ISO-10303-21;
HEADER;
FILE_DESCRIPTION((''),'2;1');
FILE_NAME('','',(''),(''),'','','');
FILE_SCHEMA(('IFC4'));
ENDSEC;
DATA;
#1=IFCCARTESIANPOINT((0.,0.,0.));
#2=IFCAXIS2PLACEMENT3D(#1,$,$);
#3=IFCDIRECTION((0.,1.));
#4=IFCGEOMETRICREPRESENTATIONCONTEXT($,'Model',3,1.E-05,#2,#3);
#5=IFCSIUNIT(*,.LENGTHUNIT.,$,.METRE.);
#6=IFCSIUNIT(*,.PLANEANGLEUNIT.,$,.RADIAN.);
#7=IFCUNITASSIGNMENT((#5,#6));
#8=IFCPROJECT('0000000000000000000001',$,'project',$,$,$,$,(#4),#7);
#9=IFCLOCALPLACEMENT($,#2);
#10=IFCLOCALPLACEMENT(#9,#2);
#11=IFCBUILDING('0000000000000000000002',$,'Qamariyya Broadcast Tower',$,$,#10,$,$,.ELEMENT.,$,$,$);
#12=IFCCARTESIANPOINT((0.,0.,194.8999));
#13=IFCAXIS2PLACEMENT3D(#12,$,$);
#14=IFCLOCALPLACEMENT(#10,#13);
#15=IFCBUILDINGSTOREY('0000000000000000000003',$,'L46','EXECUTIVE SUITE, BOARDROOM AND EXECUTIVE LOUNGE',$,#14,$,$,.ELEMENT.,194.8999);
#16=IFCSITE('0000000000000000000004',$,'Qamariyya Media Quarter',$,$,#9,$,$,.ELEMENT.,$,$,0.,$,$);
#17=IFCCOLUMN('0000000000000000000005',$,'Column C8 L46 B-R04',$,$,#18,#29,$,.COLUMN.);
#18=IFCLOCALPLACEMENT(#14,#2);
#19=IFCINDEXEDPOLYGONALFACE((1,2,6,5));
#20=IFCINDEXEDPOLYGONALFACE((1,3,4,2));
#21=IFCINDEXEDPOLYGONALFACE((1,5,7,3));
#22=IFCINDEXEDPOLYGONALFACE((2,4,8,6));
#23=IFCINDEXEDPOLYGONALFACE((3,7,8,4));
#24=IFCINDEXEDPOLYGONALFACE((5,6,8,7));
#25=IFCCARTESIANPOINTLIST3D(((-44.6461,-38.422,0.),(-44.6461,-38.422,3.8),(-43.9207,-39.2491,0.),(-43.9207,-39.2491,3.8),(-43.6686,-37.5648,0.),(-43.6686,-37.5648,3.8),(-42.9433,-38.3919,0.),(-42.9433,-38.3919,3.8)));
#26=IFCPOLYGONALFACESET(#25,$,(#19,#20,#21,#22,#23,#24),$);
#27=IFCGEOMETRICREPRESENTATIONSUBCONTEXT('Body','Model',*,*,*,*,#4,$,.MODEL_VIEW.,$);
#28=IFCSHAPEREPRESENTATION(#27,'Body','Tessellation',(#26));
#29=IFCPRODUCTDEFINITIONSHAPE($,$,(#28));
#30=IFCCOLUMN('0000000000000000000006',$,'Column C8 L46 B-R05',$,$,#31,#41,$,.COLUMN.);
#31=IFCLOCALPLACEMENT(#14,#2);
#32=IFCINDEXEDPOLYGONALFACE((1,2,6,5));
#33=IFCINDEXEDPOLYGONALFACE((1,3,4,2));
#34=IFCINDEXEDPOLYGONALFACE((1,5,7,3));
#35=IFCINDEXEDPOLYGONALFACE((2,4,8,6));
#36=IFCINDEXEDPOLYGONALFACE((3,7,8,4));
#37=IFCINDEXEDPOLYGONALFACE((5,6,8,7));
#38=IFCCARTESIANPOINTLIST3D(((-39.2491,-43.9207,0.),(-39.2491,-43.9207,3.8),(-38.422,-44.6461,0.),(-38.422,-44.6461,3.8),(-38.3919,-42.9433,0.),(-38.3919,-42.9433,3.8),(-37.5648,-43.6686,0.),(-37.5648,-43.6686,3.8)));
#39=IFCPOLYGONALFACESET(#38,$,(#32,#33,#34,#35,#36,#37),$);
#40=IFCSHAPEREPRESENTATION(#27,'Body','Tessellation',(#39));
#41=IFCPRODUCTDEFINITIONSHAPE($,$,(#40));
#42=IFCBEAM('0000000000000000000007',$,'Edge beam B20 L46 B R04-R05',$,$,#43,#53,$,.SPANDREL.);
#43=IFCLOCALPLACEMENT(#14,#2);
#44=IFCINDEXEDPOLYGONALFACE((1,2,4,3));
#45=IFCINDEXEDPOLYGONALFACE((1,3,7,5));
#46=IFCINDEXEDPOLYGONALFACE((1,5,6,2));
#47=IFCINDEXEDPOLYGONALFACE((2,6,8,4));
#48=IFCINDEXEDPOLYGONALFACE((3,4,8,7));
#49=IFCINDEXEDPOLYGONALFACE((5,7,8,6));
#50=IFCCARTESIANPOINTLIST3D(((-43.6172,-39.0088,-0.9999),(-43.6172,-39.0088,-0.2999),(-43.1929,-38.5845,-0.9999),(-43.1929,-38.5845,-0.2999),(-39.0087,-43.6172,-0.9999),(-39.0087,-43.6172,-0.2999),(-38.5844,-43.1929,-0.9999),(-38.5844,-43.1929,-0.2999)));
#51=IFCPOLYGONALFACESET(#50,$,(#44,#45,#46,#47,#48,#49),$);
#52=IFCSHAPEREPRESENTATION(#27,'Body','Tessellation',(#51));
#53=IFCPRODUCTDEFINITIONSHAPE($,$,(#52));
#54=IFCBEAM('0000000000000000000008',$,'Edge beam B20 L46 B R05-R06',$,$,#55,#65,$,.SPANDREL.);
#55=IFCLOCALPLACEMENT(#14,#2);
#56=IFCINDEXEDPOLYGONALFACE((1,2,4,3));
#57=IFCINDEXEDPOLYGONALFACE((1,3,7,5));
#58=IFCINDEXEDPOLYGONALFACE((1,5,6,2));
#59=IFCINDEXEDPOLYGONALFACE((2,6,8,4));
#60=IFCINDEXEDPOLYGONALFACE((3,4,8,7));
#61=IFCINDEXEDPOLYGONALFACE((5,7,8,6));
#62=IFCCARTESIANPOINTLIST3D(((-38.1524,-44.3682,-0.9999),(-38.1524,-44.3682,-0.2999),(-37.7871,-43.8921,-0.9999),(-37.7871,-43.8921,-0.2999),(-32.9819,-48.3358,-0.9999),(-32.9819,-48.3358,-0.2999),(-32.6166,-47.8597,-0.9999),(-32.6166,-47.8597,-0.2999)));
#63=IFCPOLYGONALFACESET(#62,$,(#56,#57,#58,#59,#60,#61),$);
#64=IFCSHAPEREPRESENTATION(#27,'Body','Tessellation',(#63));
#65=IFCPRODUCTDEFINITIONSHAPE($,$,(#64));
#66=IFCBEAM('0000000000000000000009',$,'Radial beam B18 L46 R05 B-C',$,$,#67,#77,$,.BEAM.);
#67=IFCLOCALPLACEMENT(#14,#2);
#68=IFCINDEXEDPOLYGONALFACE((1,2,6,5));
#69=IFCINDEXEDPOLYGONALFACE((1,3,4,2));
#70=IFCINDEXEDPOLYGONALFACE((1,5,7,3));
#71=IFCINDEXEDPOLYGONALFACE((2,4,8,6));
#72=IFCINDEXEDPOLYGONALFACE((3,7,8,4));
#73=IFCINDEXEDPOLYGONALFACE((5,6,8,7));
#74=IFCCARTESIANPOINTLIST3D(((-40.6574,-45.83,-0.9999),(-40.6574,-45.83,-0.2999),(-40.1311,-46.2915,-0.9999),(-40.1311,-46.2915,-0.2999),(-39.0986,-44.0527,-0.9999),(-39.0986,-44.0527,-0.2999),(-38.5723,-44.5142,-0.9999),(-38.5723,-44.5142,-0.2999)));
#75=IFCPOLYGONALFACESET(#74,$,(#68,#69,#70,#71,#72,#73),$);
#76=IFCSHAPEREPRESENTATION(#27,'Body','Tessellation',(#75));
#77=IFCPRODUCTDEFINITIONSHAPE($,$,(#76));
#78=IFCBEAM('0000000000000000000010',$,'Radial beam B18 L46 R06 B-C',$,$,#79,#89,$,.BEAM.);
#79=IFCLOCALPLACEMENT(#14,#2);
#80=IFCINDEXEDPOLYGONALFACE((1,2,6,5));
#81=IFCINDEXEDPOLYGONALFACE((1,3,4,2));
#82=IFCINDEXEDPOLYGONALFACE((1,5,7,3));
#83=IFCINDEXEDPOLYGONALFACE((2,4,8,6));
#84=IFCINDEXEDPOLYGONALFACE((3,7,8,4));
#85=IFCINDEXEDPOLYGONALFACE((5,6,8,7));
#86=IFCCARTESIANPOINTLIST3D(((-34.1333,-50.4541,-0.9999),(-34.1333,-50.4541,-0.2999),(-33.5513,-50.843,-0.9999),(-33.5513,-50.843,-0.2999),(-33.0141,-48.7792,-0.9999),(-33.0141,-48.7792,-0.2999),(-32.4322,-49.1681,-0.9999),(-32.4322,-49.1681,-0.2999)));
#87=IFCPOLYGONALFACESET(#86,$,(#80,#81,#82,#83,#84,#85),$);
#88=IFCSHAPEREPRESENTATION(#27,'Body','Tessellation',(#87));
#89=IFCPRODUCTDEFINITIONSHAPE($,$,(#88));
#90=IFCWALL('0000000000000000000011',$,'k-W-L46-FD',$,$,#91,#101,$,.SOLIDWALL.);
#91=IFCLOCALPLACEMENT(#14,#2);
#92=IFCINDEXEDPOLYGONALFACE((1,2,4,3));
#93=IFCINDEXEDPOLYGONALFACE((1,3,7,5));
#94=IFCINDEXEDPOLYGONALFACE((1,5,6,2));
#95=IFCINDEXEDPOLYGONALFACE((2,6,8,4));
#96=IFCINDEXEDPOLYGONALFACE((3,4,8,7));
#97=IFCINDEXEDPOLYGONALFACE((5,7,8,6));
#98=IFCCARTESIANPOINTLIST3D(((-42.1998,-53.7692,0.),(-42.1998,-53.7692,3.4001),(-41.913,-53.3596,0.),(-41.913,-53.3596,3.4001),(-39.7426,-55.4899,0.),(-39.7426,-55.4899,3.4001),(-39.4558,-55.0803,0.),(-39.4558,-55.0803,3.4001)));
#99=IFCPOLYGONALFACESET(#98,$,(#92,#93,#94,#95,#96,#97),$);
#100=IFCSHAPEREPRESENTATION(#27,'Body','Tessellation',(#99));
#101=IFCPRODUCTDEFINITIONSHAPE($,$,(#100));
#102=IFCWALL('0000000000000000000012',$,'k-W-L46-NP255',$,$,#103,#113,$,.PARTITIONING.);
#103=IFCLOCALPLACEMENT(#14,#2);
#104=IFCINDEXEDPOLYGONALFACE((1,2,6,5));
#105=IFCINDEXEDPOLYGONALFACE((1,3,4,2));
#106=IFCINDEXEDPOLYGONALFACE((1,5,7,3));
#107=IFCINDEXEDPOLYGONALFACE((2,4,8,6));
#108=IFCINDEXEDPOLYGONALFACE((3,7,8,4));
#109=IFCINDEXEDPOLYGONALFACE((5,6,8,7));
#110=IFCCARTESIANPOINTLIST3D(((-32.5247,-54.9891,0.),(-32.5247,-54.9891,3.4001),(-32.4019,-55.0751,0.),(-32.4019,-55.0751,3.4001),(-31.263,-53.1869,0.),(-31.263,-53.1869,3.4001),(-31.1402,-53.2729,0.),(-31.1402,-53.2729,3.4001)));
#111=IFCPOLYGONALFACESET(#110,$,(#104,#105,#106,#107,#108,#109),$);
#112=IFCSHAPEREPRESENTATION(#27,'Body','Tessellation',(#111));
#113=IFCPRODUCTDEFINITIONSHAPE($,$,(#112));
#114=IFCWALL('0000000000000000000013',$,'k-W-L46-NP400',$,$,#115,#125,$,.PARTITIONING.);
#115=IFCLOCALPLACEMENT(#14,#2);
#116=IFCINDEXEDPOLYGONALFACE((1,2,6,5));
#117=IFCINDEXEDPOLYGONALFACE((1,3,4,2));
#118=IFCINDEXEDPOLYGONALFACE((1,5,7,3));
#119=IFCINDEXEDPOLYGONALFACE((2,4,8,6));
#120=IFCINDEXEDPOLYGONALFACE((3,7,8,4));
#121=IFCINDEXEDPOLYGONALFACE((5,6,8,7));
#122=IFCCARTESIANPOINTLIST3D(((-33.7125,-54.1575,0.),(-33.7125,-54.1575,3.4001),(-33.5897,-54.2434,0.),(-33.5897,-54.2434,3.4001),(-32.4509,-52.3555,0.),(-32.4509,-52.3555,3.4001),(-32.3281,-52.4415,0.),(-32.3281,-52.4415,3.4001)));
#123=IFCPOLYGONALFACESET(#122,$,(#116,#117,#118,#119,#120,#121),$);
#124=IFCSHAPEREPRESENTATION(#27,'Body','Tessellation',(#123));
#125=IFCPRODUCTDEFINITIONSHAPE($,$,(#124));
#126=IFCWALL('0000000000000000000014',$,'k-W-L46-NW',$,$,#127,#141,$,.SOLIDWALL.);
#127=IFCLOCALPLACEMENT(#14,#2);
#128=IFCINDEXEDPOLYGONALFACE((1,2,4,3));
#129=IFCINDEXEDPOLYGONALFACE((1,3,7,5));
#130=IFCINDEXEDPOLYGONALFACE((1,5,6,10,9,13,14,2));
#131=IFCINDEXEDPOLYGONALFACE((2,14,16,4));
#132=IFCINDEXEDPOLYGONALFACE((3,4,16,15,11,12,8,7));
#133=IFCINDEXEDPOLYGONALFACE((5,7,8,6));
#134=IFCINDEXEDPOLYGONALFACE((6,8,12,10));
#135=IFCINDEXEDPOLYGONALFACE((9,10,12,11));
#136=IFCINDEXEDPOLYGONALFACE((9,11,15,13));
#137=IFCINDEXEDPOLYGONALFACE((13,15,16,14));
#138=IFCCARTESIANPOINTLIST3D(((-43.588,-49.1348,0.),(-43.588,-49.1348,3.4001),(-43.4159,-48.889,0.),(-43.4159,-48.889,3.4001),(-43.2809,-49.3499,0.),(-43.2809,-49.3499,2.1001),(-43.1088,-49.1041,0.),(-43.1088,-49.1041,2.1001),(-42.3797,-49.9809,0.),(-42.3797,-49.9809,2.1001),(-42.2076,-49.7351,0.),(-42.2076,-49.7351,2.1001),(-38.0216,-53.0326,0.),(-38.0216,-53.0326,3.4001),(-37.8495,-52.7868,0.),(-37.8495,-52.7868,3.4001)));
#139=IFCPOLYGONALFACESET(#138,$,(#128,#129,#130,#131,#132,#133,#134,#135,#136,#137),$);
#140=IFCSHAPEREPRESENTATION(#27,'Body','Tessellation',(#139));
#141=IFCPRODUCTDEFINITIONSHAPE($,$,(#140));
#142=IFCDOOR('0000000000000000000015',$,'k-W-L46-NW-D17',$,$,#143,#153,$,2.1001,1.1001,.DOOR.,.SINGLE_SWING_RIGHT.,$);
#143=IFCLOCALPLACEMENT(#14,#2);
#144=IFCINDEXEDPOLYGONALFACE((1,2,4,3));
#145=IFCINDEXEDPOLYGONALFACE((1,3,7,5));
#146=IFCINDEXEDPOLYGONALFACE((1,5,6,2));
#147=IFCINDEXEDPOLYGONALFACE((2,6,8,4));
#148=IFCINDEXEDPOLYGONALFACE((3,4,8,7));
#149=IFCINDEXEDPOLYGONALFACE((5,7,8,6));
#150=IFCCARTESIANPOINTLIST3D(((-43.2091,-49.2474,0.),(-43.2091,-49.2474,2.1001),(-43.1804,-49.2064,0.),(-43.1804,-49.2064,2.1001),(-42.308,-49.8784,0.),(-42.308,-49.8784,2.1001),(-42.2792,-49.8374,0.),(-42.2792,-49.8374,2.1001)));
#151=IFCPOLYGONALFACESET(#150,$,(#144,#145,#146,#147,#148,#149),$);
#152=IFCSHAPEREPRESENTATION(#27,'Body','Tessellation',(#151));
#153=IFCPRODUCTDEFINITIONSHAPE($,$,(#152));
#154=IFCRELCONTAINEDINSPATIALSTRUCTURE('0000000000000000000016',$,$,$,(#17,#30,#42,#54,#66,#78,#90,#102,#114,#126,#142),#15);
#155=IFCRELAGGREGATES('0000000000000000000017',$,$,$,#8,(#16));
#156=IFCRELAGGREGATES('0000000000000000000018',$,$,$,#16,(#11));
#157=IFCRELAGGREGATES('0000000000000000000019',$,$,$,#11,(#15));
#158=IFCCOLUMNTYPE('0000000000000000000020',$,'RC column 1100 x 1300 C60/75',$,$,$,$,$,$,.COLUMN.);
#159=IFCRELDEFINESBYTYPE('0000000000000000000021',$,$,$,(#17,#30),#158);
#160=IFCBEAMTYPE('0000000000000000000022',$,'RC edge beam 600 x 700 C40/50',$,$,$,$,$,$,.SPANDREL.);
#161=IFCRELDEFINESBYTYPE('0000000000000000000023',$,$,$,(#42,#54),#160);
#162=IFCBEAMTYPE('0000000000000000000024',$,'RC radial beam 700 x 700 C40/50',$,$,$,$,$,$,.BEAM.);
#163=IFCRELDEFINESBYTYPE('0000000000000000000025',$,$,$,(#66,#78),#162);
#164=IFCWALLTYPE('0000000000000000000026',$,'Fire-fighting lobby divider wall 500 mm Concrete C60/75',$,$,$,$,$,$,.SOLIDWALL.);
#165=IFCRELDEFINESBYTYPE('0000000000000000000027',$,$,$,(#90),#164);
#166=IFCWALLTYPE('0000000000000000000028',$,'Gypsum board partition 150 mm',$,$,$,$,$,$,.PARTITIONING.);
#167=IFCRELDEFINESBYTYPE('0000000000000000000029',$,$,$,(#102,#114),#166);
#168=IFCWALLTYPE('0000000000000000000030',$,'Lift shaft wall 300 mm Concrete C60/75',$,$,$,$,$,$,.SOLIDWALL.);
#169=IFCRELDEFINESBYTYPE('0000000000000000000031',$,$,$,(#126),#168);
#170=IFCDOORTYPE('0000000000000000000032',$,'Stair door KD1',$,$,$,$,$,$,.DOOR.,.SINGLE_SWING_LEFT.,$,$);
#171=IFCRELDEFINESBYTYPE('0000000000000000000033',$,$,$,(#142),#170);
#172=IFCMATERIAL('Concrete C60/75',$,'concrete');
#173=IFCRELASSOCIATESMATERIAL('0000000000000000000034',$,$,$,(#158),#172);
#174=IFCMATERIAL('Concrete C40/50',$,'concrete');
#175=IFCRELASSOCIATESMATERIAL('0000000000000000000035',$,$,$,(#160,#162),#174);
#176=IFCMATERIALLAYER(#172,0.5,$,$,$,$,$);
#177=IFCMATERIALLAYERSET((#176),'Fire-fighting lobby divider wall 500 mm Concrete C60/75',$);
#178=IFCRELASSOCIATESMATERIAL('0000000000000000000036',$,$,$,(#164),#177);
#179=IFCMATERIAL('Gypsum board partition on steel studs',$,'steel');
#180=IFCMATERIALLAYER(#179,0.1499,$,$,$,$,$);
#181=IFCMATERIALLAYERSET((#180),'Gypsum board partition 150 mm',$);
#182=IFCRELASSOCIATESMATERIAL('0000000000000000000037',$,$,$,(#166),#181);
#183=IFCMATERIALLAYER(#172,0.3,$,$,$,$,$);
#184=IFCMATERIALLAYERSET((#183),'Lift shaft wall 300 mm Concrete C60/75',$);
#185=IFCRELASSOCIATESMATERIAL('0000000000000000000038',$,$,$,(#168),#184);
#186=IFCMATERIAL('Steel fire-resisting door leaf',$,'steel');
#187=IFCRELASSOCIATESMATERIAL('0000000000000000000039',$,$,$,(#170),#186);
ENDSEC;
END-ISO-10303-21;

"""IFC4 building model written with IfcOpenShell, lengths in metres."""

from ifc_helpers import new_model, si_unit, direction, frame, frame_2d, origin, origin_2d, place, context, subcontext, project, spatial, rectangle, extrude, material, layer, layer_set, material_profile, profile_set, type_object, element, fill, save


model = new_model("IFC4")

# Units and contexts
model_context = context("Model", 3, precision=1e-05, world=origin(), true_north=direction((0.0, 1.0)))
body_context = subcontext(model_context, "Body", "Model", "MODEL_VIEW")
ifc_project = project(units=[si_unit("LENGTHUNIT", "METRE"), si_unit("PLANEANGLEUNIT", "RADIAN")], contexts=[model_context])

# Site, building, storey
site_placement = place(None, origin())
site = spatial("IfcSite", under=ifc_project, at=site_placement, Name="Qamariyya Media Quarter", CompositionType="ELEMENT", RefElevation=0.0)
building_placement = place(site_placement, origin())
building = spatial("IfcBuilding", under=site, at=building_placement, Name="Qamariyya Broadcast Tower", CompositionType="ELEMENT")
storey_placement = place(building_placement, frame((0.0, 0.0, 194.8999)))
storey = spatial("IfcBuildingStorey", under=building, at=storey_placement, Name="L46", Description="EXECUTIVE SUITE, BOARDROOM AND EXECUTIVE LOUNGE", CompositionType="ELEMENT", Elevation=194.8999)

# Columns
ifc_material_1 = material(Name="Concrete C60/75", Category="concrete")
ifc_material_profile_1 = material_profile(ifc_material_1, rectangle(XDim=1.1001, YDim=1.3, at=origin_2d()))
ifc_profile_set_1 = profile_set([ifc_material_profile_1], Name="Concrete C60/75")
column_type = type_object("IfcColumnType", Name="RC column 1100 x 1300 C60/75", PredefinedType="COLUMN", material=ifc_profile_set_1)
for number, where, z_axis, x_axis, name in (
    (1, (-43.7947, -38.407, 0.0), (0.0, 0.0, 1.0), (0.659346, -0.75184, 0.0), "Column C8 L46 B-R04"),
    (2, (-38.407, -43.7947, 0.0), (0.0, 0.0, 1.0), (0.75184, -0.659346, 0.0), "Column C8 L46 B-R05"),
):
    element("IfcColumn", number, at=place(storey_placement, frame(where, z_axis=z_axis, x_axis=x_axis)), inside=storey, type_object=column_type, Name=name, PredefinedType="COLUMN", context=body_context, shape_type="SweptSolid", body=[
        extrude(rectangle(XDim=1.1001, YDim=1.3, at=origin_2d()), origin(), (0.0, 0.0, 1.0), 3.8),
    ])

# Beams
ifc_material_2 = material(Name="Concrete C40/50", Category="concrete")
ifc_material_profile_2 = material_profile(ifc_material_2, rectangle(XDim=0.6001, YDim=0.7, at=origin_2d()))
ifc_profile_set_2 = profile_set([ifc_material_profile_2], Name="Concrete C40/50")
beam_type_1 = type_object("IfcBeamType", Name="RC edge beam 600 x 700 C40/50", PredefinedType="SPANDREL", material=ifc_profile_set_2)
for number, where, z_axis, x_axis, name in (
    (3, (-43.405, -38.7966, -0.6499), (0.707107, -0.707107, 0.0), (0.707107, 0.707107, 0.0), "Edge beam B20 L46 B R04-R05"),
    (4, (-37.9697, -44.1301, -0.6499), (0.793343, -0.608774, 0.0), (0.608774, 0.793343, 0.0), "Edge beam B20 L46 B R05-R06"),
):
    element("IfcBeam", number, at=place(storey_placement, frame(where, z_axis=z_axis, x_axis=x_axis)), inside=storey, type_object=beam_type_1, Name=name, PredefinedType="SPANDREL", context=body_context, shape_type="SweptSolid", body=[
        extrude(rectangle(XDim=0.6001, YDim=0.7, at=origin_2d()), origin(), (0.0, 0.0, 1.0), 6.5173),
    ])
ifc_material_profile_3 = material_profile(ifc_material_2, rectangle(XDim=0.7, YDim=0.7, at=origin_2d()))
ifc_profile_set_3 = profile_set([ifc_material_profile_3], Name="Concrete C40/50")
beam_type_2 = type_object("IfcBeamType", Name="RC radial beam 700 x 700 C40/50", PredefinedType="BEAM", material=ifc_profile_set_3)
beam_1_placement = place(storey_placement, frame((-38.8354, -44.2834, -0.6499), z_axis=(-0.659382, -0.751809, 0.0), x_axis=(0.751809, -0.659382, 0.0)))
element("IfcBeam", 5, at=beam_1_placement, inside=storey, type_object=beam_type_2, Name="Radial beam B18 L46 R05 B-C", PredefinedType="BEAM", context=body_context, shape_type="SweptSolid", body=[
    extrude(rectangle(XDim=0.7, YDim=0.7, at=origin_2d()), origin(), (0.0, 0.0, 1.0), 2.364),
])
beam_2_placement = place(storey_placement, frame((-32.7231, -48.9736, -0.6499), z_axis=(-0.555595, -0.831453, 0.0), x_axis=(0.831453, -0.555595, 0.0)))
element("IfcBeam", 6, at=beam_2_placement, inside=storey, type_object=beam_type_2, Name="Radial beam B18 L46 R06 B-C", PredefinedType="BEAM", context=body_context, shape_type="SweptSolid", body=[
    extrude(rectangle(XDim=0.7, YDim=0.7, at=origin_2d()), origin(), (0.0, 0.0, 1.0), 2.0144),
])

# Walls
ifc_layer_1 = layer(ifc_material_1, 0.5)
ifc_layer_set_1 = layer_set([ifc_layer_1], Name="Fire-fighting lobby divider wall 500 mm Concrete C60/75")
wall_type_1 = type_object("IfcWallType", Name="Fire-fighting lobby divider wall 500 mm Concrete C60/75", PredefinedType="SOLIDWALL", material=ifc_layer_set_1)
wall_1_placement = place(storey_placement, frame((-39.5991, -55.2852, 0.0), z_axis=(0.0, 0.0, 1.0), x_axis=(-0.819136, 0.573599, 0.0)))
element("IfcWall", 7, at=wall_1_placement, inside=storey, type_object=wall_type_1, Name="k-W-L46-FD", PredefinedType="SOLIDWALL", context=body_context, shape_type="SweptSolid", body=[
    extrude(rectangle(XDim=2.9998, YDim=0.5, at=frame_2d((1.5, 0.0))), origin(), (0.0, 0.0, 1.0), 3.4001),
])
ifc_material_3 = material(Name="Gypsum board partition on steel studs", Category="steel")
ifc_layer_2 = layer(ifc_material_3, 0.1499)
ifc_layer_set_2 = layer_set([ifc_layer_2], Name="Gypsum board partition 150 mm")
wall_type_2 = type_object("IfcWallType", Name="Gypsum board partition 150 mm", PredefinedType="PARTITIONING", material=ifc_layer_set_2)
wall_2_placement = place(storey_placement, frame((-32.4634, -55.0322, 0.0), z_axis=(0.0, 0.0, 1.0), x_axis=(0.573507, 0.819201, 0.0)))
element("IfcWall", 8, at=wall_2_placement, inside=storey, type_object=wall_type_2, Name="k-W-L46-NP255", PredefinedType="PARTITIONING", context=body_context, shape_type="SweptSolid", body=[
    extrude(rectangle(XDim=2.2, YDim=0.1499, at=frame_2d((1.1001, 0.0))), origin(), (0.0, 0.0, 1.0), 3.4001),
])
wall_3_placement = place(storey_placement, frame((-33.6511, -54.2004, 0.0), z_axis=(0.0, 0.0, 1.0), x_axis=(0.573559, 0.819164, 0.0)))
element("IfcWall", 9, at=wall_3_placement, inside=storey, type_object=wall_type_2, Name="k-W-L46-NP400", PredefinedType="PARTITIONING", context=body_context, shape_type="SweptSolid", body=[
    extrude(rectangle(XDim=2.1997, YDim=0.1499, at=frame_2d((1.0999, 0.0))), origin(), (0.0, 0.0, 1.0), 3.4001),
])

# Wall, opening, door
ifc_layer_3 = layer(ifc_material_1, 0.3)
ifc_layer_set_3 = layer_set([ifc_layer_3], Name="Lift shaft wall 300 mm Concrete C60/75")
wall_type_3 = type_object("IfcWallType", Name="Lift shaft wall 300 mm Concrete C60/75", PredefinedType="SOLIDWALL", material=ifc_layer_set_3)
wall_4_placement = place(storey_placement, frame((-37.9355, -52.9097, 0.0), z_axis=(0.0, 0.0, 1.0), x_axis=(-0.819148, 0.573583, 0.0)))
wall_4 = element("IfcWall", 10, at=wall_4_placement, inside=storey, type_object=wall_type_3, Name="k-W-L46-NW", PredefinedType="SOLIDWALL", context=body_context, shape_type="SweptSolid", body=[
    extrude(rectangle(XDim=6.7954, YDim=0.3, at=frame_2d((3.3977, 0.0))), origin(), (0.0, 0.0, 1.0), 3.4001),
])
opening_1_placement = place(wall_4_placement, frame((5.3203, 0.0, 0.0)))
opening_1 = element("IfcOpeningElement", 11, at=opening_1_placement, cuts=wall_4, PredefinedType="OPENING", context=body_context, shape_type="SweptSolid", body=[
    extrude(rectangle(XDim=1.1001, YDim=2.1001, at=frame_2d((0.55, 1.05))), frame((0.0, 0.1599, 0.0), z_axis=(0.0, -1.0, 0.0), x_axis=(1.0, 0.0, 0.0)), (0.0, 0.0, 1.0), 0.3201),
])
ifc_material_4 = material(Name="Steel fire-resisting door leaf", Category="steel")
door_type_1 = type_object("IfcDoorType", Name="Stair door KD1", OperationType="SINGLE_SWING_LEFT", PredefinedType="DOOR", material=ifc_material_4)
door_1_placement = place(opening_1_placement, origin())
door_1 = element("IfcDoor", 12, at=door_1_placement, inside=storey, type_object=door_type_1, Name="k-W-L46-NW-D17", OperationType="SINGLE_SWING_RIGHT", OverallHeight=2.1001, OverallWidth=1.1001, PredefinedType="DOOR", context=body_context, shape_type="SweptSolid", body=[
    extrude(rectangle(XDim=1.1001, YDim=2.1001, at=frame_2d((0.55, 1.05))), frame((0.0, 0.0249, 0.0), z_axis=(0.0, -1.0, 0.0), x_axis=(1.0, 0.0, 0.0)), (0.0, 0.0, 1.0), 0.05),
])
fill(opening_1, door_1)

save(model, "model.ifc")
